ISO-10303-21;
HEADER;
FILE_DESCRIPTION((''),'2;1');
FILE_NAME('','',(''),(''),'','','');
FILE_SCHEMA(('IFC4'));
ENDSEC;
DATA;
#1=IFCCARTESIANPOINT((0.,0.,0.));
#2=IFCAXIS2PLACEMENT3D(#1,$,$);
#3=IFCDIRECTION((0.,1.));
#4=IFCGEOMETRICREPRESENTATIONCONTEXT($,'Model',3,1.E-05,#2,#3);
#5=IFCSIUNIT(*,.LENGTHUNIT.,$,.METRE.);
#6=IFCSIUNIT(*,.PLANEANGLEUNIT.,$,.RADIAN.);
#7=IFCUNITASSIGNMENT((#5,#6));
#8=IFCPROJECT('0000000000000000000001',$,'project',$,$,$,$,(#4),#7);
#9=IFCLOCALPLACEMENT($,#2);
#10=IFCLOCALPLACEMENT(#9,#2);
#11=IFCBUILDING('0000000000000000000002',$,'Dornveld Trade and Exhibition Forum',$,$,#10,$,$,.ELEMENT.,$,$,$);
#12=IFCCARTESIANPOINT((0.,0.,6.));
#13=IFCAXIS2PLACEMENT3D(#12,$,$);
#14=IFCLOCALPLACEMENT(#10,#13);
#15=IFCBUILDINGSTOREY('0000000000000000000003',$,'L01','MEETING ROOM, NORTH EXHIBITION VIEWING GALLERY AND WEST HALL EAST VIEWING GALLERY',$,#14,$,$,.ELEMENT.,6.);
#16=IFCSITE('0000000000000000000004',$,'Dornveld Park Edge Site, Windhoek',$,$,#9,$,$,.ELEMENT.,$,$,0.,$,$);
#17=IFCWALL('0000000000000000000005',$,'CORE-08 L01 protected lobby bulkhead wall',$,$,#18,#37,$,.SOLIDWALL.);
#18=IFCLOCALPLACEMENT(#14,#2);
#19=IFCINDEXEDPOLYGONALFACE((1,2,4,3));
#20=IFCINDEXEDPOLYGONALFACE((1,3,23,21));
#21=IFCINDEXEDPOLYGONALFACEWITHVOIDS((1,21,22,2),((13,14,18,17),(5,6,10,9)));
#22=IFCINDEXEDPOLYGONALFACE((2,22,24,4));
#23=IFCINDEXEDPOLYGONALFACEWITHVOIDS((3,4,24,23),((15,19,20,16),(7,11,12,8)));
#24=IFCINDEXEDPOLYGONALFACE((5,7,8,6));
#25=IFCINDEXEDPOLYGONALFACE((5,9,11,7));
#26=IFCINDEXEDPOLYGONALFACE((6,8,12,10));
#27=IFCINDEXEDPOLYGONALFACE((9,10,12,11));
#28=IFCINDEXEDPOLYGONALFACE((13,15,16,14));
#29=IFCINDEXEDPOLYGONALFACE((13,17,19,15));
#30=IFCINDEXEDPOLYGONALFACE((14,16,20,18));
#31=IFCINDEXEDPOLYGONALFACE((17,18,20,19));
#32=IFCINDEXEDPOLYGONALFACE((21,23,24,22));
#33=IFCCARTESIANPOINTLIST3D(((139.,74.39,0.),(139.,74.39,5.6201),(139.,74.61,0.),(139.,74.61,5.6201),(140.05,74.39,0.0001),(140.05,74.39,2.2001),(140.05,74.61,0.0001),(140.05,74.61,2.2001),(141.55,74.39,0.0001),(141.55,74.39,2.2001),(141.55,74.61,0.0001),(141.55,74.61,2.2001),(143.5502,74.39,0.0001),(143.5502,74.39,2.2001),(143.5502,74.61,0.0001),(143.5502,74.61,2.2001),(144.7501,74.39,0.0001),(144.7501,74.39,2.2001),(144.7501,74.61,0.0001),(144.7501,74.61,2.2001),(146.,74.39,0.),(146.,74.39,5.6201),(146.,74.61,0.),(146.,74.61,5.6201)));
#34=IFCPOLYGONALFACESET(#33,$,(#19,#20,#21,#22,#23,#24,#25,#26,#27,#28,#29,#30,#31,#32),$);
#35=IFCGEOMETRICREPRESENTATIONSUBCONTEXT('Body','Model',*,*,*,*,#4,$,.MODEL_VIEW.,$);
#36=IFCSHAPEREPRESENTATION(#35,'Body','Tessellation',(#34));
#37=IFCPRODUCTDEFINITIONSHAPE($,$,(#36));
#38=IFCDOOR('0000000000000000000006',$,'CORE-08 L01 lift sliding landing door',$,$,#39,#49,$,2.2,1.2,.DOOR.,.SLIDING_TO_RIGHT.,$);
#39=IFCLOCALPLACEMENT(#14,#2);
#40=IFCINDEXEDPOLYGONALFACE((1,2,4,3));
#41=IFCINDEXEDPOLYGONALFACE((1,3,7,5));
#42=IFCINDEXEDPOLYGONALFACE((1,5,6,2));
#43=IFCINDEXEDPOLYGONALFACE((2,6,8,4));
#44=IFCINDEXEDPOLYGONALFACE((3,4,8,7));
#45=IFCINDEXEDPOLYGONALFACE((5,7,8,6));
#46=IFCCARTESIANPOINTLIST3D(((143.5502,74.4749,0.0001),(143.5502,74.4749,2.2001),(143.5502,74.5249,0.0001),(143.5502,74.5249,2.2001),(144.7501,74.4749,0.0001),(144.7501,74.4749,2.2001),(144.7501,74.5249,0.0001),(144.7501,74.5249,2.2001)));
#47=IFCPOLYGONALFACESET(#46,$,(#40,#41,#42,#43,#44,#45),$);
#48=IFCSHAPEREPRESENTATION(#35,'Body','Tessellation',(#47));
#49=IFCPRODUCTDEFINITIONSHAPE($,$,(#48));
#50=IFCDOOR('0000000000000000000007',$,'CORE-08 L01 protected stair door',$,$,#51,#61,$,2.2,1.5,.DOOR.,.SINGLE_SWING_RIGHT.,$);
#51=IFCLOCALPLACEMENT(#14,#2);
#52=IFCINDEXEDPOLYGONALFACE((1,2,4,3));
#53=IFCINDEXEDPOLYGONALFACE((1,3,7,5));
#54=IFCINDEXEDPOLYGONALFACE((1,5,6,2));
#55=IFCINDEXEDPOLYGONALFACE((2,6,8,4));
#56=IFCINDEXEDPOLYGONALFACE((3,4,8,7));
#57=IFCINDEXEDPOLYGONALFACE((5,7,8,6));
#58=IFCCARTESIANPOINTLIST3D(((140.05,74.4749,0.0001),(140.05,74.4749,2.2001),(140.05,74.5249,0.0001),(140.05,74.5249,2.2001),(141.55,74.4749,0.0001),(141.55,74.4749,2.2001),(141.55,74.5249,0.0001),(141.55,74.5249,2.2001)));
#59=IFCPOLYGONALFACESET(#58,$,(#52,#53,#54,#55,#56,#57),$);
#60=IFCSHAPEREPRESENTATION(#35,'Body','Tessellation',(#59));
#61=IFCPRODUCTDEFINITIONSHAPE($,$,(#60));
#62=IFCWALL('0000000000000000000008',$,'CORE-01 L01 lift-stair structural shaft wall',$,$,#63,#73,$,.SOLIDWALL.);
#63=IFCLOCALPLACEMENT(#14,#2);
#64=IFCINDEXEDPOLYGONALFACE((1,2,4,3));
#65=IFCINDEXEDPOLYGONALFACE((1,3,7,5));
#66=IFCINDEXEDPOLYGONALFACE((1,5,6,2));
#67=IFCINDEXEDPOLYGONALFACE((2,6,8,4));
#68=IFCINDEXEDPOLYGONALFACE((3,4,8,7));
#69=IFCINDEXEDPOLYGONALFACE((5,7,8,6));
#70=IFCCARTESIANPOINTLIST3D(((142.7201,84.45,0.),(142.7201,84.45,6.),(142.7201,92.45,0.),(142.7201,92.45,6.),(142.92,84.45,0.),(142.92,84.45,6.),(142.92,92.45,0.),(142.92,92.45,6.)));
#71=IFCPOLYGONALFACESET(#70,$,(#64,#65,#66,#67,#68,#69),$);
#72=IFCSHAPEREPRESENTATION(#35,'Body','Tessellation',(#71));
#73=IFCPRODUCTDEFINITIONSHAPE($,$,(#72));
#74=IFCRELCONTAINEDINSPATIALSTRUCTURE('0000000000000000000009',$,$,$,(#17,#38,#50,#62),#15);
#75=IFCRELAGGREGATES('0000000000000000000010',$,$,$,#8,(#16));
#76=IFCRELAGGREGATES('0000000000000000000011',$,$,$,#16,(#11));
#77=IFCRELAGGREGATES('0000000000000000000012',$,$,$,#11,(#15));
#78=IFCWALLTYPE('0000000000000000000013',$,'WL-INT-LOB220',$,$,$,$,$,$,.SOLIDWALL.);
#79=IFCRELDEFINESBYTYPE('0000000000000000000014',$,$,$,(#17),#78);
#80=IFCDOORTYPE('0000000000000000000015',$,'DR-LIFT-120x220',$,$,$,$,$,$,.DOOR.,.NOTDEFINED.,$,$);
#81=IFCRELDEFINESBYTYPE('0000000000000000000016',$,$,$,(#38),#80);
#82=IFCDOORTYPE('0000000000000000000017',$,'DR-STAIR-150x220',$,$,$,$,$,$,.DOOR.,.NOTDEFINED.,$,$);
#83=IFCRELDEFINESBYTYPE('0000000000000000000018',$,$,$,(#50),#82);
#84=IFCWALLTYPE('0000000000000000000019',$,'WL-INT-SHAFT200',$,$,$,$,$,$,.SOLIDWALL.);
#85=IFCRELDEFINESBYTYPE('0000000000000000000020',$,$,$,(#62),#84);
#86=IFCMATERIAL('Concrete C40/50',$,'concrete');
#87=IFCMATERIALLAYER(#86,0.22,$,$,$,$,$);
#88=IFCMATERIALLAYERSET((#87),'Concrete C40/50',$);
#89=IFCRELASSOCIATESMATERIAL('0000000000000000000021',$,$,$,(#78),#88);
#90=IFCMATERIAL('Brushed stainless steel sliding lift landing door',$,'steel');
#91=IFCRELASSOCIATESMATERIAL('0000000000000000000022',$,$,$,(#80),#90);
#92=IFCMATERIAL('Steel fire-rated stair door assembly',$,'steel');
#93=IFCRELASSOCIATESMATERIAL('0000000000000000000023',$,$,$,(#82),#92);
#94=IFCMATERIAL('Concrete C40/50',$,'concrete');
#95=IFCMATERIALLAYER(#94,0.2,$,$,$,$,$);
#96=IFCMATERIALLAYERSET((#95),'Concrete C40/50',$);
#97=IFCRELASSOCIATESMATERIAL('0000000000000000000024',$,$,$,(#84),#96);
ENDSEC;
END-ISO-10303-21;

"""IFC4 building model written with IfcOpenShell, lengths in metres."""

from ifc_helpers import new_model, si_unit, direction, frame, frame_2d, origin, place, context, subcontext, project, spatial, rectangle, extrude, material, layer, layer_set, type_object, element, fill, save


model = new_model("IFC4")

# Units and contexts
model_context = context("Model", 3, precision=1e-05, world=origin(), true_north=direction((0.0, 1.0)))
body_context = subcontext(model_context, "Body", "Model", "MODEL_VIEW")
ifc_project = project(units=[si_unit("LENGTHUNIT", "METRE"), si_unit("PLANEANGLEUNIT", "RADIAN")], contexts=[model_context])

# Site, building, storey
site_placement = place(None, origin())
site = spatial("IfcSite", under=ifc_project, at=site_placement, Name="Dornveld Park Edge Site, Windhoek", CompositionType="ELEMENT", RefElevation=0.0)
building_placement = place(site_placement, origin())
building = spatial("IfcBuilding", under=site, at=building_placement, Name="Dornveld Trade and Exhibition Forum", CompositionType="ELEMENT")
storey_placement = place(building_placement, frame((0.0, 0.0, 6.0)))
storey = spatial("IfcBuildingStorey", under=building, at=storey_placement, Name="L01", Description="MEETING ROOM, NORTH EXHIBITION VIEWING GALLERY AND WEST HALL EAST VIEWING GALLERY", CompositionType="ELEMENT", Elevation=6.0)

# Wall, openings, doors
ifc_material_1 = material(Name="Concrete C40/50", Category="concrete")
ifc_layer_1 = layer(ifc_material_1, 0.22)
ifc_layer_set_1 = layer_set([ifc_layer_1], Name="Concrete C40/50")
wall_type_1 = type_object("IfcWallType", Name="WL-INT-LOB220", PredefinedType="SOLIDWALL", material=ifc_layer_set_1)
wall_1_placement = place(storey_placement, frame((139.0, 74.5, 0.0), z_axis=(0.0, 0.0, 1.0), x_axis=(1.0, 0.0, 0.0)))
wall_1 = element("IfcWall", 1, at=wall_1_placement, inside=storey, type_object=wall_type_1, Name="CORE-08 L01 protected lobby bulkhead wall", PredefinedType="SOLIDWALL", context=body_context, shape_type="SweptSolid", body=[
    extrude(rectangle(XDim=7.0, YDim=0.22, at=frame_2d((3.5, 0.0))), origin(), (0.0, 0.0, 1.0), 5.6201),
])
opening_1_placement = place(wall_1_placement, frame((1.05, 0.0, 0.0)))
opening_1 = element("IfcOpeningElement", 2, at=opening_1_placement, cuts=wall_1, PredefinedType="OPENING", context=body_context, shape_type="SweptSolid", body=[
    extrude(rectangle(XDim=1.5, YDim=2.2, at=frame_2d((0.75, 1.1001))), frame((0.0, 0.1199, 0.0), z_axis=(0.0, -1.0, 0.0), x_axis=(1.0, 0.0, 0.0)), (0.0, 0.0, 1.0), 0.24),
])
opening_2_placement = place(wall_1_placement, frame((4.55, 0.0, 0.0)))
opening_2 = element("IfcOpeningElement", 3, at=opening_2_placement, cuts=wall_1, PredefinedType="OPENING", context=body_context, shape_type="SweptSolid", body=[
    extrude(rectangle(XDim=1.2, YDim=2.2, at=frame_2d((0.6001, 1.1001))), frame((0.0, 0.1199, 0.0), z_axis=(0.0, -1.0, 0.0), x_axis=(1.0, 0.0, 0.0)), (0.0, 0.0, 1.0), 0.24),
])
ifc_material_2 = material(Name="Brushed stainless steel sliding lift landing door", Category="steel")
door_type_1 = type_object("IfcDoorType", Name="DR-LIFT-120x220", OperationType="NOTDEFINED", PredefinedType="DOOR", material=ifc_material_2)
door_1_placement = place(opening_2_placement, origin())
door_1 = element("IfcDoor", 4, at=door_1_placement, inside=storey, type_object=door_type_1, Name="CORE-08 L01 lift sliding landing door", OperationType="SLIDING_TO_RIGHT", OverallHeight=2.2, OverallWidth=1.2, PredefinedType="DOOR", context=body_context, shape_type="SweptSolid", body=[
    extrude(rectangle(XDim=1.2, YDim=2.2, at=frame_2d((0.6001, 1.1001))), frame((0.0, 0.0249, 0.0), z_axis=(0.0, -1.0, 0.0), x_axis=(1.0, 0.0, 0.0)), (0.0, 0.0, 1.0), 0.05),
])
fill(opening_2, door_1)
ifc_material_3 = material(Name="Steel fire-rated stair door assembly", Category="steel")
door_type_2 = type_object("IfcDoorType", Name="DR-STAIR-150x220", OperationType="NOTDEFINED", PredefinedType="DOOR", material=ifc_material_3)
door_2_placement = place(opening_1_placement, origin())
door_2 = element("IfcDoor", 5, at=door_2_placement, inside=storey, type_object=door_type_2, Name="CORE-08 L01 protected stair door", OperationType="SINGLE_SWING_RIGHT", OverallHeight=2.2, OverallWidth=1.5, PredefinedType="DOOR", context=body_context, shape_type="SweptSolid", body=[
    extrude(rectangle(XDim=1.5, YDim=2.2, at=frame_2d((0.75, 1.1001))), frame((0.0, 0.0249, 0.0), z_axis=(0.0, -1.0, 0.0), x_axis=(1.0, 0.0, 0.0)), (0.0, 0.0, 1.0), 0.05),
])
fill(opening_1, door_2)

# Wall
ifc_material_4 = material(Name="Concrete C40/50", Category="concrete")
ifc_layer_2 = layer(ifc_material_4, 0.2)
ifc_layer_set_2 = layer_set([ifc_layer_2], Name="Concrete C40/50")
wall_type_2 = type_object("IfcWallType", Name="WL-INT-SHAFT200", PredefinedType="SOLIDWALL", material=ifc_layer_set_2)
wall_2_placement = place(storey_placement, frame((142.8201, 84.45, 0.0), z_axis=(0.0, 0.0, 1.0), x_axis=(0.0, 1.0, 0.0)))
element("IfcWall", 6, at=wall_2_placement, inside=storey, type_object=wall_type_2, Name="CORE-01 L01 lift-stair structural shaft wall", PredefinedType="SOLIDWALL", context=body_context, shape_type="SweptSolid", body=[
    extrude(rectangle(XDim=8.0, YDim=0.2, at=frame_2d((4.0, 0.0))), origin(), (0.0, 0.0, 1.0), 6.0),
])

save(model, "model.ifc")
